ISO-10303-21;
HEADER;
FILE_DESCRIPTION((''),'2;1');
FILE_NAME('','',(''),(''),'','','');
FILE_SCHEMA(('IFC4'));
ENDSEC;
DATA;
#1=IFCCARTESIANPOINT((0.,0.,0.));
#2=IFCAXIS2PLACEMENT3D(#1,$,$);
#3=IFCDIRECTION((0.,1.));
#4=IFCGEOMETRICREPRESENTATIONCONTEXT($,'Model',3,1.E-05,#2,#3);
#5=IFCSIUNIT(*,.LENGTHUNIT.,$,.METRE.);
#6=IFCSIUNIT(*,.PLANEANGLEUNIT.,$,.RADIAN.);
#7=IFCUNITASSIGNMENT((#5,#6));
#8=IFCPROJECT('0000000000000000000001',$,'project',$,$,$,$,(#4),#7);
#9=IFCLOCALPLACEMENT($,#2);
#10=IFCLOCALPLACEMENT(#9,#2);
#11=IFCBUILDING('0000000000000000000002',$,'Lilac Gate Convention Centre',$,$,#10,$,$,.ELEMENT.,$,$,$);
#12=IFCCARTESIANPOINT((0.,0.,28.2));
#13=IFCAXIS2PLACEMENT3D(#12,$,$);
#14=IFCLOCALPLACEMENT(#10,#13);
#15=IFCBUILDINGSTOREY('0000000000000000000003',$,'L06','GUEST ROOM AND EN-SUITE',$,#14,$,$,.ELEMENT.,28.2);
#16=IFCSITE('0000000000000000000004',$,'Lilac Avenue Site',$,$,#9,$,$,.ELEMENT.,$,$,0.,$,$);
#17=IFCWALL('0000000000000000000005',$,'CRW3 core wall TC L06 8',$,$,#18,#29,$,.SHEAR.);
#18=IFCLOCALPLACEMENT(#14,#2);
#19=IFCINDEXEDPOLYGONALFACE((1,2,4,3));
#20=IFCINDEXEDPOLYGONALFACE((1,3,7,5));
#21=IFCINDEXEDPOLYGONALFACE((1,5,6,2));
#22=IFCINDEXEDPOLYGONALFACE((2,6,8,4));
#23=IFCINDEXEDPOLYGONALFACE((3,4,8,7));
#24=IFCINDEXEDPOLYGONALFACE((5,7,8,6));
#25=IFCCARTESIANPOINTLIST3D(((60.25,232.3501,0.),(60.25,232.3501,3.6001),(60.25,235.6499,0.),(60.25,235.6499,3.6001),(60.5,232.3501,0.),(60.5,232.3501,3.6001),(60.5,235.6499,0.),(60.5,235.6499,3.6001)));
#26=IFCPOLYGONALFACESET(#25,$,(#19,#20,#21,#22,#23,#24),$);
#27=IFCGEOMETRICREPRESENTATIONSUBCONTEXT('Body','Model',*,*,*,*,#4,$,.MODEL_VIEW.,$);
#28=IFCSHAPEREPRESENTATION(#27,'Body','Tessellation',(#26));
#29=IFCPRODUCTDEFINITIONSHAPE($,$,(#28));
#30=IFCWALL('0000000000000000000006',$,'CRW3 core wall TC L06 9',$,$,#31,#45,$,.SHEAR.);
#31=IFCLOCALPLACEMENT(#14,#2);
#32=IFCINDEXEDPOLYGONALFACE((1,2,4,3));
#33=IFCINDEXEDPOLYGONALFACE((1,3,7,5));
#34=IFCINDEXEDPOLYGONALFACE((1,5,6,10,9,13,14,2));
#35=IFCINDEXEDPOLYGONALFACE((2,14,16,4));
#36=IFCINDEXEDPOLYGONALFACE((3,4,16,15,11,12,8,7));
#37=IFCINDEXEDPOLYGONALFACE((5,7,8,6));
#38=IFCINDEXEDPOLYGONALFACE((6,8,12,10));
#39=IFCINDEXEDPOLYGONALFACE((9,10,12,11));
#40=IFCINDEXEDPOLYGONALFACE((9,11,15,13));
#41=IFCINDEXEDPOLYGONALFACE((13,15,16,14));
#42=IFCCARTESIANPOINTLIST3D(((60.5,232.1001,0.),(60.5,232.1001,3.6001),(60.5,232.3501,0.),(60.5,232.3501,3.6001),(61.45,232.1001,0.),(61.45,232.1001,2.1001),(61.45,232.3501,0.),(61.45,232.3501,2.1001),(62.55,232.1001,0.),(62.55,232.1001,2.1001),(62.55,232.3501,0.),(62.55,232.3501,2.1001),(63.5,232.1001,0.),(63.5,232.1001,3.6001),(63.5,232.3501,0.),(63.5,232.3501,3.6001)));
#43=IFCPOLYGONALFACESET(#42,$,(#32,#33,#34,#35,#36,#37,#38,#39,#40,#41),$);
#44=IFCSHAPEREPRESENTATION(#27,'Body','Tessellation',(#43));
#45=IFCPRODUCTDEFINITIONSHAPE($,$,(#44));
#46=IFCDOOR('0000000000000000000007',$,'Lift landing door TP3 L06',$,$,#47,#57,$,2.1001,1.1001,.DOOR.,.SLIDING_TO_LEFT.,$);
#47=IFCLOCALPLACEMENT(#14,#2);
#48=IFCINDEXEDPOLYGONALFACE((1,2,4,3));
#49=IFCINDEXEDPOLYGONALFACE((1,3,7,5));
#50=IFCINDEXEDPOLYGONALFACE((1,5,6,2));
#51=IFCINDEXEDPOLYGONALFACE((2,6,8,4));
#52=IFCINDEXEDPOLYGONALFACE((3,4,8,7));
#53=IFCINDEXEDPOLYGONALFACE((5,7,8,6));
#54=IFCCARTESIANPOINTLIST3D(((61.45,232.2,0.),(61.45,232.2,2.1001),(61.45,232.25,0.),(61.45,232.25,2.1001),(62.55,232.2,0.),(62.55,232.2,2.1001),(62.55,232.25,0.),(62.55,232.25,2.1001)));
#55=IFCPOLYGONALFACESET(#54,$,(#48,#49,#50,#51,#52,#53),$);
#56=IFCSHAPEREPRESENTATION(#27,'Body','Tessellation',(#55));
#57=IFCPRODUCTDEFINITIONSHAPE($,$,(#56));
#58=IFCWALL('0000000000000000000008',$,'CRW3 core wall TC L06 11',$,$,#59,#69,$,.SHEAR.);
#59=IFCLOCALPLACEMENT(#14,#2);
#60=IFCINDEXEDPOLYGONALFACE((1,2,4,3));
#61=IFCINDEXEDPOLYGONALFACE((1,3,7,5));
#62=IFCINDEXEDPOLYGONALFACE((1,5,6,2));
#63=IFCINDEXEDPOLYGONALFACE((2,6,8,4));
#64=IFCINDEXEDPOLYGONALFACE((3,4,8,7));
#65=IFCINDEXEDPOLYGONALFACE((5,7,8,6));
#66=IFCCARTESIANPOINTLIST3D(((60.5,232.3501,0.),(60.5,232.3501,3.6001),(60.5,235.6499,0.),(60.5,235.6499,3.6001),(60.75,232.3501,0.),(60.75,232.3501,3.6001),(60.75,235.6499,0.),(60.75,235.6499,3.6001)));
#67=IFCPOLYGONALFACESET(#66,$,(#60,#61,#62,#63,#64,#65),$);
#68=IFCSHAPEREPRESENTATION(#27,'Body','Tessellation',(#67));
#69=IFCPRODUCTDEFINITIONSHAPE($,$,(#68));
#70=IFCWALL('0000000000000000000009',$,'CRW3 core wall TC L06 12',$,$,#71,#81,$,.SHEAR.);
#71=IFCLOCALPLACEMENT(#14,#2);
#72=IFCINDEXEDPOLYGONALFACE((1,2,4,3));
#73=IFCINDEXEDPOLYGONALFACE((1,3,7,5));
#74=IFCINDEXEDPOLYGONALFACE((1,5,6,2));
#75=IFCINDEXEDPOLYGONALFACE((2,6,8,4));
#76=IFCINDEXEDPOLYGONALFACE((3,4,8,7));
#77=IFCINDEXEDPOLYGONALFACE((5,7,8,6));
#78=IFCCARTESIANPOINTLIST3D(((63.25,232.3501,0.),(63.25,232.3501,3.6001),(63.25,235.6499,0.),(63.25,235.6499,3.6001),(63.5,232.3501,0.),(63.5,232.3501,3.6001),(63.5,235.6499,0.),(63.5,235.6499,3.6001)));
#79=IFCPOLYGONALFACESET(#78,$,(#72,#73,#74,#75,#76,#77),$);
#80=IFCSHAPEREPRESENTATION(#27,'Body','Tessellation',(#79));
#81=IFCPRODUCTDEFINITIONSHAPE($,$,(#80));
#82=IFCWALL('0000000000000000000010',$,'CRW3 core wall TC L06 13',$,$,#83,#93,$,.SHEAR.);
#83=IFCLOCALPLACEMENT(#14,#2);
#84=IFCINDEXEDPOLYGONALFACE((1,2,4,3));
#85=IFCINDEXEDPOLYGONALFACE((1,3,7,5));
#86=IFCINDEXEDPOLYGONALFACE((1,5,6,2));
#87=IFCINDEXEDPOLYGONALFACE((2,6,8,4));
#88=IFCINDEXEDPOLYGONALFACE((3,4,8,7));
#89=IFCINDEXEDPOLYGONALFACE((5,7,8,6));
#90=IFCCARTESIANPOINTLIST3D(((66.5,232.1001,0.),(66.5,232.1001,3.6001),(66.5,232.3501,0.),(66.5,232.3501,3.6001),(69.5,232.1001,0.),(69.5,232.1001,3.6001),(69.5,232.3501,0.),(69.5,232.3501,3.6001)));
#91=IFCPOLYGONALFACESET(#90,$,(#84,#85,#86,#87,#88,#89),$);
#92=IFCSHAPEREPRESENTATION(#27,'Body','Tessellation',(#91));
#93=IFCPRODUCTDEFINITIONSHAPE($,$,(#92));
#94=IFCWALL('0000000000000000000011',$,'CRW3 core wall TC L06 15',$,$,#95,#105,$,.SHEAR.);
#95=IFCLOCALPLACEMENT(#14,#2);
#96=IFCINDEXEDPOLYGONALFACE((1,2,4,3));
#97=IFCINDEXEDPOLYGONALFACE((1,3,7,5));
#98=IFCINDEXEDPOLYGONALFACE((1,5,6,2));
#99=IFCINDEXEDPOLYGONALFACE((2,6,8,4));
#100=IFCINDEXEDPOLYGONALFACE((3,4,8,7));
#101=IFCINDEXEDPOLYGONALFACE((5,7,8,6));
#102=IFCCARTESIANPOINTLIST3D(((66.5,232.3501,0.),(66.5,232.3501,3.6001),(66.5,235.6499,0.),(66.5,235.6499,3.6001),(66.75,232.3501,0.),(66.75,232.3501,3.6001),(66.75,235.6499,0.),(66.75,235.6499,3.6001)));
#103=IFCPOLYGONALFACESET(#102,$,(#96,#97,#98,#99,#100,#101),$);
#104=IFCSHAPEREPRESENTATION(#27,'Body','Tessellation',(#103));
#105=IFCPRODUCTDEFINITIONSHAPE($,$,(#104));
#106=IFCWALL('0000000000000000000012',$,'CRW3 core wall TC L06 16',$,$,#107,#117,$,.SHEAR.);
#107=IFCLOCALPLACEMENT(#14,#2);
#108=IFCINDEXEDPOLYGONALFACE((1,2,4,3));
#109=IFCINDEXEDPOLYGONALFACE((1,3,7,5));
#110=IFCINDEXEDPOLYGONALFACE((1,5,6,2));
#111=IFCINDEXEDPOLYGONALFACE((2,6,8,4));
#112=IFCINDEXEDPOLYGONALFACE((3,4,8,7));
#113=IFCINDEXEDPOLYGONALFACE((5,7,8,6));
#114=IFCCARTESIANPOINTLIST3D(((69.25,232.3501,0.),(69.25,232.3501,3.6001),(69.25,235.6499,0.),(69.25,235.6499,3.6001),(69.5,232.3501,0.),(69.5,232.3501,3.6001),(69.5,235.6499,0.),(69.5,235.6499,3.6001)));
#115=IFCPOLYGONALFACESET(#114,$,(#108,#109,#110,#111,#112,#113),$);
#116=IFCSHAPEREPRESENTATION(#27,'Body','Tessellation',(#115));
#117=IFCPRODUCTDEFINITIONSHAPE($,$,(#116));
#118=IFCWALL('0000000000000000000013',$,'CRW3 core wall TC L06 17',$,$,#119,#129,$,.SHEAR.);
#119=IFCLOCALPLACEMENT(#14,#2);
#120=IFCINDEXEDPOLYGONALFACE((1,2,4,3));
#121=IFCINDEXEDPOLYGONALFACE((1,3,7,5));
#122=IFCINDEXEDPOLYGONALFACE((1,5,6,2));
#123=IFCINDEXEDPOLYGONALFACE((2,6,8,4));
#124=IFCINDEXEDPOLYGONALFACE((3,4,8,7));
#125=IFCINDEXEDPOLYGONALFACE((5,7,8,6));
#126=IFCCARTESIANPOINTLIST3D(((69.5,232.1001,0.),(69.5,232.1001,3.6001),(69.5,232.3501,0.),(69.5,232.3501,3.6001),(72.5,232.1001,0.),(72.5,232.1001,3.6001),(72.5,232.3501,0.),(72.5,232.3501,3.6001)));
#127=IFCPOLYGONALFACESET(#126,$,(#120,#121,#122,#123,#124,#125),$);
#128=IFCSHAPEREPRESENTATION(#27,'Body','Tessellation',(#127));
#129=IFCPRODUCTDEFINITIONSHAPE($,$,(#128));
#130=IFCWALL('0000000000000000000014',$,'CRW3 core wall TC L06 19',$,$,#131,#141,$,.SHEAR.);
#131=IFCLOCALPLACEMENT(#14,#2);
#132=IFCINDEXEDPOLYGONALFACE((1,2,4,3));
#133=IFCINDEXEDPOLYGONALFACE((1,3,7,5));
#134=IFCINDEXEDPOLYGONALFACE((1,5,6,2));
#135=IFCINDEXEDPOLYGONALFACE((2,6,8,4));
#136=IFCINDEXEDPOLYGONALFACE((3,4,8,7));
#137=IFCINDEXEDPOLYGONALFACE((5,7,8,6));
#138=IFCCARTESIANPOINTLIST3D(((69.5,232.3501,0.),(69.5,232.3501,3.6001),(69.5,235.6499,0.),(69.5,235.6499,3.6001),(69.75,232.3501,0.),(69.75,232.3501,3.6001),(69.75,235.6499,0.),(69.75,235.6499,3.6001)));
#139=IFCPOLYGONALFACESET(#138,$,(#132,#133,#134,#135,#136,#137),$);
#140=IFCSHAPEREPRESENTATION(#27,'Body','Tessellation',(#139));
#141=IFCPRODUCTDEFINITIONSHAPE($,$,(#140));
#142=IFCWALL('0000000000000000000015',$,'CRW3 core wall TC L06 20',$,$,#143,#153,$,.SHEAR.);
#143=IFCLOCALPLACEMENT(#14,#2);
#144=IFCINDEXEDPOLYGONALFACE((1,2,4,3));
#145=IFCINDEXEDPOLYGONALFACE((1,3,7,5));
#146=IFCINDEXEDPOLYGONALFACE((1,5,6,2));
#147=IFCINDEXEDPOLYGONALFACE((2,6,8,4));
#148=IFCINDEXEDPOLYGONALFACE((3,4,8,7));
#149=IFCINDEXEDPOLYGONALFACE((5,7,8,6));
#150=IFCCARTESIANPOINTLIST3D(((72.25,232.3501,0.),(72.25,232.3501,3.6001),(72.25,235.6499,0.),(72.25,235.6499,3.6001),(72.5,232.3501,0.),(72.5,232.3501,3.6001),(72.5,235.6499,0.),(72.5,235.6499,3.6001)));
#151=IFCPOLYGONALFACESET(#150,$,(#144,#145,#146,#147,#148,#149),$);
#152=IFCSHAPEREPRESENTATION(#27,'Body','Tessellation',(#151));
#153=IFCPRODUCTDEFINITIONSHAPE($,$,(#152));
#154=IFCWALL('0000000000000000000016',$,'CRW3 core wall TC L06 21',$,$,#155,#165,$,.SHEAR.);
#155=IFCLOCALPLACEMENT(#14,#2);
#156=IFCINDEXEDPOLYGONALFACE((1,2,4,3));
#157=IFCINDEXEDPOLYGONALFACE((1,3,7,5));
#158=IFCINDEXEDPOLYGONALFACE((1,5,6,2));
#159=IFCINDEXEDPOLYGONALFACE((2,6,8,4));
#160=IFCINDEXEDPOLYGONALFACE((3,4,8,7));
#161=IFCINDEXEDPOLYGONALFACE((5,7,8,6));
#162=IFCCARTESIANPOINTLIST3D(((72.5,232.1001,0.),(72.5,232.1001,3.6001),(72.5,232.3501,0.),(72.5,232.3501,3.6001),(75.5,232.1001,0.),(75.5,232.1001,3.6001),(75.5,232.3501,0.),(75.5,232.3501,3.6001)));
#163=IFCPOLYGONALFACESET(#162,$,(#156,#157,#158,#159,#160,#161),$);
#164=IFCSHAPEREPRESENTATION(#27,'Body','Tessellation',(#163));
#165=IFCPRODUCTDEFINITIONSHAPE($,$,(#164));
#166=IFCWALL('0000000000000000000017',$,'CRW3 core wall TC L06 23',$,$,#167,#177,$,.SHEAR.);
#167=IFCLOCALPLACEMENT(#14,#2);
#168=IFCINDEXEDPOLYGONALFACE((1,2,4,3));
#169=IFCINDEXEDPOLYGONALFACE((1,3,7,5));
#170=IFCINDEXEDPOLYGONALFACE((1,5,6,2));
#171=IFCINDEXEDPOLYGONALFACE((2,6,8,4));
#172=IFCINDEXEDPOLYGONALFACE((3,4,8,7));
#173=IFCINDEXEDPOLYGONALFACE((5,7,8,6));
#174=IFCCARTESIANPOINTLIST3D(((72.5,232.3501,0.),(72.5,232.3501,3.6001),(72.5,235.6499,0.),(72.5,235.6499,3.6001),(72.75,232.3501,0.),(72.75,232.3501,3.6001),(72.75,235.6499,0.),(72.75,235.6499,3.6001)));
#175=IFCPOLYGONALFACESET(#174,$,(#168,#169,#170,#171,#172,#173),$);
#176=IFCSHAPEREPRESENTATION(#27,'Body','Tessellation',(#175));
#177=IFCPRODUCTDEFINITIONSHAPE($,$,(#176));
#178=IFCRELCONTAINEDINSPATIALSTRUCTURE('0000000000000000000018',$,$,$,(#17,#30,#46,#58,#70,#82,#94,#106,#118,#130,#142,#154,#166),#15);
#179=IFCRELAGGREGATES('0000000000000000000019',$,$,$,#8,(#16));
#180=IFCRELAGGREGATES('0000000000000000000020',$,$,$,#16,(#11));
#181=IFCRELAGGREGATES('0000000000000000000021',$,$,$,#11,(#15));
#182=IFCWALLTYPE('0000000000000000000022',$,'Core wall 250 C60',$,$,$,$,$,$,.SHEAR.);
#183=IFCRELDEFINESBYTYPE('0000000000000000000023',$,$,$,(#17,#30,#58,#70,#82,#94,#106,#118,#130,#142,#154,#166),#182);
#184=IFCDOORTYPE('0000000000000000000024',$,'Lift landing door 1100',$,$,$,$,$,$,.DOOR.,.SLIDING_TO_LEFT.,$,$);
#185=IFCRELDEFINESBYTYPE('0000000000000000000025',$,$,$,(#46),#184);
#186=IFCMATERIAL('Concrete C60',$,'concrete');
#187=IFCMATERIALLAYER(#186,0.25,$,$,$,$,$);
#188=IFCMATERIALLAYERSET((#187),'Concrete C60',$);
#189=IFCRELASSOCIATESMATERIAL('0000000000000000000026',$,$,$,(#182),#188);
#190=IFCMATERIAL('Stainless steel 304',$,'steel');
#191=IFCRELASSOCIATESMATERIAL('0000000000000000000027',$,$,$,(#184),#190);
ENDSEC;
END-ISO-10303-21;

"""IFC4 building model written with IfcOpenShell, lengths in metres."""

from ifc_helpers import new_model, si_unit, direction, frame, frame_2d, origin, place, context, subcontext, project, spatial, rectangle, extrude, material, layer, layer_set, type_object, element, fill, save


model = new_model("IFC4")

# Units and contexts
model_context = context("Model", 3, precision=1e-05, world=origin(), true_north=direction((0.0, 1.0)))
body_context = subcontext(model_context, "Body", "Model", "MODEL_VIEW")
ifc_project = project(units=[si_unit("LENGTHUNIT", "METRE"), si_unit("PLANEANGLEUNIT", "RADIAN")], contexts=[model_context])

# Site, building, storey
site_placement = place(None, origin())
site = spatial("IfcSite", under=ifc_project, at=site_placement, Name="Lilac Avenue Site", CompositionType="ELEMENT", RefElevation=0.0)
building_placement = place(site_placement, origin())
building = spatial("IfcBuilding", under=site, at=building_placement, Name="Lilac Gate Convention Centre", CompositionType="ELEMENT")
storey_placement = place(building_placement, frame((0.0, 0.0, 28.2)))
storey = spatial("IfcBuildingStorey", under=building, at=storey_placement, Name="L06", Description="GUEST ROOM AND EN-SUITE", CompositionType="ELEMENT", Elevation=28.2)

# Wall
ifc_material_1 = material(Name="Concrete C60", Category="concrete")
ifc_layer_1 = layer(ifc_material_1, 0.25)
ifc_layer_set_1 = layer_set([ifc_layer_1], Name="Concrete C60")
wall_type_1 = type_object("IfcWallType", Name="Core wall 250 C60", PredefinedType="SHEAR", material=ifc_layer_set_1)
wall_1_placement = place(storey_placement, frame((60.375, 232.3501, 0.0), z_axis=(0.0, 0.0, 1.0), x_axis=(0.0, 1.0, 0.0)))
element("IfcWall", 1, at=wall_1_placement, inside=storey, type_object=wall_type_1, Name="CRW3 core wall TC L06 8", PredefinedType="SHEAR", context=body_context, shape_type="SweptSolid", body=[
    extrude(rectangle(XDim=3.2998, YDim=0.25, at=frame_2d((1.6499, 0.0))), origin(), (0.0, 0.0, 1.0), 3.6001),
])

# Wall, opening, door
wall_2_placement = place(storey_placement, frame((60.5, 232.2251, 0.0), z_axis=(0.0, 0.0, 1.0), x_axis=(1.0, 0.0, 0.0)))
wall_2 = element("IfcWall", 2, at=wall_2_placement, inside=storey, type_object=wall_type_1, Name="CRW3 core wall TC L06 9", PredefinedType="SHEAR", context=body_context, shape_type="SweptSolid", body=[
    extrude(rectangle(XDim=3.0, YDim=0.25, at=frame_2d((1.5, 0.0))), origin(), (0.0, 0.0, 1.0), 3.6001),
])
opening_1_placement = place(wall_2_placement, frame((0.95, 0.0, 0.0)))
opening_1 = element("IfcOpeningElement", 3, at=opening_1_placement, cuts=wall_2, PredefinedType="OPENING", context=body_context, shape_type="SweptSolid", body=[
    extrude(rectangle(XDim=1.1001, YDim=2.1001, at=frame_2d((0.55, 1.05))), frame((0.0, 0.135, 0.0), z_axis=(0.0, -1.0, 0.0), x_axis=(1.0, 0.0, 0.0)), (0.0, 0.0, 1.0), 0.27),
])
ifc_material_2 = material(Name="Stainless steel 304", Category="steel")
door_type_1 = type_object("IfcDoorType", Name="Lift landing door 1100", OperationType="SLIDING_TO_LEFT", PredefinedType="DOOR", material=ifc_material_2)
door_1_placement = place(opening_1_placement, origin())
door_1 = element("IfcDoor", 4, at=door_1_placement, inside=storey, type_object=door_type_1, Name="Lift landing door TP3 L06", OperationType="SLIDING_TO_LEFT", OverallHeight=2.1001, OverallWidth=1.1001, PredefinedType="DOOR", context=body_context, shape_type="SweptSolid", body=[
    extrude(rectangle(XDim=1.1001, YDim=2.1001, at=frame_2d((0.55, 1.05))), frame((0.0, 0.0249, 0.0), z_axis=(0.0, -1.0, 0.0), x_axis=(1.0, 0.0, 0.0)), (0.0, 0.0, 1.0), 0.05),
])
fill(opening_1, door_1)

# Walls
for number, where, z_axis, x_axis, name in (
    (5, (60.625, 232.3501, 0.0), (0.0, 0.0, 1.0), (0.0, 1.0, 0.0), "CRW3 core wall TC L06 11"),
    (6, (63.375, 232.3501, 0.0), (0.0, 0.0, 1.0), (0.0, 1.0, 0.0), "CRW3 core wall TC L06 12"),
):
    element("IfcWall", number, at=place(storey_placement, frame(where, z_axis=z_axis, x_axis=x_axis)), inside=storey, type_object=wall_type_1, Name=name, PredefinedType="SHEAR", context=body_context, shape_type="SweptSolid", body=[
        extrude(rectangle(XDim=3.2998, YDim=0.25, at=frame_2d((1.6499, 0.0))), origin(), (0.0, 0.0, 1.0), 3.6001),
    ])
wall_3_placement = place(storey_placement, frame((66.5, 232.2251, 0.0), z_axis=(0.0, 0.0, 1.0), x_axis=(1.0, 0.0, 0.0)))
element("IfcWall", 7, at=wall_3_placement, inside=storey, type_object=wall_type_1, Name="CRW3 core wall TC L06 13", PredefinedType="SHEAR", context=body_context, shape_type="SweptSolid", body=[
    extrude(rectangle(XDim=3.0, YDim=0.25, at=frame_2d((1.5, 0.0))), origin(), (0.0, 0.0, 1.0), 3.6001),
])
for number, where, z_axis, x_axis, name in (
    (8, (66.625, 232.3501, 0.0), (0.0, 0.0, 1.0), (0.0, 1.0, 0.0), "CRW3 core wall TC L06 15"),
    (9, (69.375, 232.3501, 0.0), (0.0, 0.0, 1.0), (0.0, 1.0, 0.0), "CRW3 core wall TC L06 16"),
):
    element("IfcWall", number, at=place(storey_placement, frame(where, z_axis=z_axis, x_axis=x_axis)), inside=storey, type_object=wall_type_1, Name=name, PredefinedType="SHEAR", context=body_context, shape_type="SweptSolid", body=[
        extrude(rectangle(XDim=3.2998, YDim=0.25, at=frame_2d((1.6499, 0.0))), origin(), (0.0, 0.0, 1.0), 3.6001),
    ])
wall_4_placement = place(storey_placement, frame((69.5, 232.2251, 0.0), z_axis=(0.0, 0.0, 1.0), x_axis=(1.0, 0.0, 0.0)))
element("IfcWall", 10, at=wall_4_placement, inside=storey, type_object=wall_type_1, Name="CRW3 core wall TC L06 17", PredefinedType="SHEAR", context=body_context, shape_type="SweptSolid", body=[
    extrude(rectangle(XDim=3.0, YDim=0.25, at=frame_2d((1.5, 0.0))), origin(), (0.0, 0.0, 1.0), 3.6001),
])
for number, where, z_axis, x_axis, name in (
    (11, (69.625, 232.3501, 0.0), (0.0, 0.0, 1.0), (0.0, 1.0, 0.0), "CRW3 core wall TC L06 19"),
    (12, (72.375, 232.3501, 0.0), (0.0, 0.0, 1.0), (0.0, 1.0, 0.0), "CRW3 core wall TC L06 20"),
):
    element("IfcWall", number, at=place(storey_placement, frame(where, z_axis=z_axis, x_axis=x_axis)), inside=storey, type_object=wall_type_1, Name=name, PredefinedType="SHEAR", context=body_context, shape_type="SweptSolid", body=[
        extrude(rectangle(XDim=3.2998, YDim=0.25, at=frame_2d((1.6499, 0.0))), origin(), (0.0, 0.0, 1.0), 3.6001),
    ])
wall_5_placement = place(storey_placement, frame((72.5, 232.2251, 0.0), z_axis=(0.0, 0.0, 1.0), x_axis=(1.0, 0.0, 0.0)))
element("IfcWall", 13, at=wall_5_placement, inside=storey, type_object=wall_type_1, Name="CRW3 core wall TC L06 21", PredefinedType="SHEAR", context=body_context, shape_type="SweptSolid", body=[
    extrude(rectangle(XDim=3.0, YDim=0.25, at=frame_2d((1.5, 0.0))), origin(), (0.0, 0.0, 1.0), 3.6001),
])
wall_6_placement = place(storey_placement, frame((72.625, 232.3501, 0.0), z_axis=(0.0, 0.0, 1.0), x_axis=(0.0, 1.0, 0.0)))
element("IfcWall", 14, at=wall_6_placement, inside=storey, type_object=wall_type_1, Name="CRW3 core wall TC L06 23", PredefinedType="SHEAR", context=body_context, shape_type="SweptSolid", body=[
    extrude(rectangle(XDim=3.2998, YDim=0.25, at=frame_2d((1.6499, 0.0))), origin(), (0.0, 0.0, 1.0), 3.6001),
])

save(model, "model.ifc")
